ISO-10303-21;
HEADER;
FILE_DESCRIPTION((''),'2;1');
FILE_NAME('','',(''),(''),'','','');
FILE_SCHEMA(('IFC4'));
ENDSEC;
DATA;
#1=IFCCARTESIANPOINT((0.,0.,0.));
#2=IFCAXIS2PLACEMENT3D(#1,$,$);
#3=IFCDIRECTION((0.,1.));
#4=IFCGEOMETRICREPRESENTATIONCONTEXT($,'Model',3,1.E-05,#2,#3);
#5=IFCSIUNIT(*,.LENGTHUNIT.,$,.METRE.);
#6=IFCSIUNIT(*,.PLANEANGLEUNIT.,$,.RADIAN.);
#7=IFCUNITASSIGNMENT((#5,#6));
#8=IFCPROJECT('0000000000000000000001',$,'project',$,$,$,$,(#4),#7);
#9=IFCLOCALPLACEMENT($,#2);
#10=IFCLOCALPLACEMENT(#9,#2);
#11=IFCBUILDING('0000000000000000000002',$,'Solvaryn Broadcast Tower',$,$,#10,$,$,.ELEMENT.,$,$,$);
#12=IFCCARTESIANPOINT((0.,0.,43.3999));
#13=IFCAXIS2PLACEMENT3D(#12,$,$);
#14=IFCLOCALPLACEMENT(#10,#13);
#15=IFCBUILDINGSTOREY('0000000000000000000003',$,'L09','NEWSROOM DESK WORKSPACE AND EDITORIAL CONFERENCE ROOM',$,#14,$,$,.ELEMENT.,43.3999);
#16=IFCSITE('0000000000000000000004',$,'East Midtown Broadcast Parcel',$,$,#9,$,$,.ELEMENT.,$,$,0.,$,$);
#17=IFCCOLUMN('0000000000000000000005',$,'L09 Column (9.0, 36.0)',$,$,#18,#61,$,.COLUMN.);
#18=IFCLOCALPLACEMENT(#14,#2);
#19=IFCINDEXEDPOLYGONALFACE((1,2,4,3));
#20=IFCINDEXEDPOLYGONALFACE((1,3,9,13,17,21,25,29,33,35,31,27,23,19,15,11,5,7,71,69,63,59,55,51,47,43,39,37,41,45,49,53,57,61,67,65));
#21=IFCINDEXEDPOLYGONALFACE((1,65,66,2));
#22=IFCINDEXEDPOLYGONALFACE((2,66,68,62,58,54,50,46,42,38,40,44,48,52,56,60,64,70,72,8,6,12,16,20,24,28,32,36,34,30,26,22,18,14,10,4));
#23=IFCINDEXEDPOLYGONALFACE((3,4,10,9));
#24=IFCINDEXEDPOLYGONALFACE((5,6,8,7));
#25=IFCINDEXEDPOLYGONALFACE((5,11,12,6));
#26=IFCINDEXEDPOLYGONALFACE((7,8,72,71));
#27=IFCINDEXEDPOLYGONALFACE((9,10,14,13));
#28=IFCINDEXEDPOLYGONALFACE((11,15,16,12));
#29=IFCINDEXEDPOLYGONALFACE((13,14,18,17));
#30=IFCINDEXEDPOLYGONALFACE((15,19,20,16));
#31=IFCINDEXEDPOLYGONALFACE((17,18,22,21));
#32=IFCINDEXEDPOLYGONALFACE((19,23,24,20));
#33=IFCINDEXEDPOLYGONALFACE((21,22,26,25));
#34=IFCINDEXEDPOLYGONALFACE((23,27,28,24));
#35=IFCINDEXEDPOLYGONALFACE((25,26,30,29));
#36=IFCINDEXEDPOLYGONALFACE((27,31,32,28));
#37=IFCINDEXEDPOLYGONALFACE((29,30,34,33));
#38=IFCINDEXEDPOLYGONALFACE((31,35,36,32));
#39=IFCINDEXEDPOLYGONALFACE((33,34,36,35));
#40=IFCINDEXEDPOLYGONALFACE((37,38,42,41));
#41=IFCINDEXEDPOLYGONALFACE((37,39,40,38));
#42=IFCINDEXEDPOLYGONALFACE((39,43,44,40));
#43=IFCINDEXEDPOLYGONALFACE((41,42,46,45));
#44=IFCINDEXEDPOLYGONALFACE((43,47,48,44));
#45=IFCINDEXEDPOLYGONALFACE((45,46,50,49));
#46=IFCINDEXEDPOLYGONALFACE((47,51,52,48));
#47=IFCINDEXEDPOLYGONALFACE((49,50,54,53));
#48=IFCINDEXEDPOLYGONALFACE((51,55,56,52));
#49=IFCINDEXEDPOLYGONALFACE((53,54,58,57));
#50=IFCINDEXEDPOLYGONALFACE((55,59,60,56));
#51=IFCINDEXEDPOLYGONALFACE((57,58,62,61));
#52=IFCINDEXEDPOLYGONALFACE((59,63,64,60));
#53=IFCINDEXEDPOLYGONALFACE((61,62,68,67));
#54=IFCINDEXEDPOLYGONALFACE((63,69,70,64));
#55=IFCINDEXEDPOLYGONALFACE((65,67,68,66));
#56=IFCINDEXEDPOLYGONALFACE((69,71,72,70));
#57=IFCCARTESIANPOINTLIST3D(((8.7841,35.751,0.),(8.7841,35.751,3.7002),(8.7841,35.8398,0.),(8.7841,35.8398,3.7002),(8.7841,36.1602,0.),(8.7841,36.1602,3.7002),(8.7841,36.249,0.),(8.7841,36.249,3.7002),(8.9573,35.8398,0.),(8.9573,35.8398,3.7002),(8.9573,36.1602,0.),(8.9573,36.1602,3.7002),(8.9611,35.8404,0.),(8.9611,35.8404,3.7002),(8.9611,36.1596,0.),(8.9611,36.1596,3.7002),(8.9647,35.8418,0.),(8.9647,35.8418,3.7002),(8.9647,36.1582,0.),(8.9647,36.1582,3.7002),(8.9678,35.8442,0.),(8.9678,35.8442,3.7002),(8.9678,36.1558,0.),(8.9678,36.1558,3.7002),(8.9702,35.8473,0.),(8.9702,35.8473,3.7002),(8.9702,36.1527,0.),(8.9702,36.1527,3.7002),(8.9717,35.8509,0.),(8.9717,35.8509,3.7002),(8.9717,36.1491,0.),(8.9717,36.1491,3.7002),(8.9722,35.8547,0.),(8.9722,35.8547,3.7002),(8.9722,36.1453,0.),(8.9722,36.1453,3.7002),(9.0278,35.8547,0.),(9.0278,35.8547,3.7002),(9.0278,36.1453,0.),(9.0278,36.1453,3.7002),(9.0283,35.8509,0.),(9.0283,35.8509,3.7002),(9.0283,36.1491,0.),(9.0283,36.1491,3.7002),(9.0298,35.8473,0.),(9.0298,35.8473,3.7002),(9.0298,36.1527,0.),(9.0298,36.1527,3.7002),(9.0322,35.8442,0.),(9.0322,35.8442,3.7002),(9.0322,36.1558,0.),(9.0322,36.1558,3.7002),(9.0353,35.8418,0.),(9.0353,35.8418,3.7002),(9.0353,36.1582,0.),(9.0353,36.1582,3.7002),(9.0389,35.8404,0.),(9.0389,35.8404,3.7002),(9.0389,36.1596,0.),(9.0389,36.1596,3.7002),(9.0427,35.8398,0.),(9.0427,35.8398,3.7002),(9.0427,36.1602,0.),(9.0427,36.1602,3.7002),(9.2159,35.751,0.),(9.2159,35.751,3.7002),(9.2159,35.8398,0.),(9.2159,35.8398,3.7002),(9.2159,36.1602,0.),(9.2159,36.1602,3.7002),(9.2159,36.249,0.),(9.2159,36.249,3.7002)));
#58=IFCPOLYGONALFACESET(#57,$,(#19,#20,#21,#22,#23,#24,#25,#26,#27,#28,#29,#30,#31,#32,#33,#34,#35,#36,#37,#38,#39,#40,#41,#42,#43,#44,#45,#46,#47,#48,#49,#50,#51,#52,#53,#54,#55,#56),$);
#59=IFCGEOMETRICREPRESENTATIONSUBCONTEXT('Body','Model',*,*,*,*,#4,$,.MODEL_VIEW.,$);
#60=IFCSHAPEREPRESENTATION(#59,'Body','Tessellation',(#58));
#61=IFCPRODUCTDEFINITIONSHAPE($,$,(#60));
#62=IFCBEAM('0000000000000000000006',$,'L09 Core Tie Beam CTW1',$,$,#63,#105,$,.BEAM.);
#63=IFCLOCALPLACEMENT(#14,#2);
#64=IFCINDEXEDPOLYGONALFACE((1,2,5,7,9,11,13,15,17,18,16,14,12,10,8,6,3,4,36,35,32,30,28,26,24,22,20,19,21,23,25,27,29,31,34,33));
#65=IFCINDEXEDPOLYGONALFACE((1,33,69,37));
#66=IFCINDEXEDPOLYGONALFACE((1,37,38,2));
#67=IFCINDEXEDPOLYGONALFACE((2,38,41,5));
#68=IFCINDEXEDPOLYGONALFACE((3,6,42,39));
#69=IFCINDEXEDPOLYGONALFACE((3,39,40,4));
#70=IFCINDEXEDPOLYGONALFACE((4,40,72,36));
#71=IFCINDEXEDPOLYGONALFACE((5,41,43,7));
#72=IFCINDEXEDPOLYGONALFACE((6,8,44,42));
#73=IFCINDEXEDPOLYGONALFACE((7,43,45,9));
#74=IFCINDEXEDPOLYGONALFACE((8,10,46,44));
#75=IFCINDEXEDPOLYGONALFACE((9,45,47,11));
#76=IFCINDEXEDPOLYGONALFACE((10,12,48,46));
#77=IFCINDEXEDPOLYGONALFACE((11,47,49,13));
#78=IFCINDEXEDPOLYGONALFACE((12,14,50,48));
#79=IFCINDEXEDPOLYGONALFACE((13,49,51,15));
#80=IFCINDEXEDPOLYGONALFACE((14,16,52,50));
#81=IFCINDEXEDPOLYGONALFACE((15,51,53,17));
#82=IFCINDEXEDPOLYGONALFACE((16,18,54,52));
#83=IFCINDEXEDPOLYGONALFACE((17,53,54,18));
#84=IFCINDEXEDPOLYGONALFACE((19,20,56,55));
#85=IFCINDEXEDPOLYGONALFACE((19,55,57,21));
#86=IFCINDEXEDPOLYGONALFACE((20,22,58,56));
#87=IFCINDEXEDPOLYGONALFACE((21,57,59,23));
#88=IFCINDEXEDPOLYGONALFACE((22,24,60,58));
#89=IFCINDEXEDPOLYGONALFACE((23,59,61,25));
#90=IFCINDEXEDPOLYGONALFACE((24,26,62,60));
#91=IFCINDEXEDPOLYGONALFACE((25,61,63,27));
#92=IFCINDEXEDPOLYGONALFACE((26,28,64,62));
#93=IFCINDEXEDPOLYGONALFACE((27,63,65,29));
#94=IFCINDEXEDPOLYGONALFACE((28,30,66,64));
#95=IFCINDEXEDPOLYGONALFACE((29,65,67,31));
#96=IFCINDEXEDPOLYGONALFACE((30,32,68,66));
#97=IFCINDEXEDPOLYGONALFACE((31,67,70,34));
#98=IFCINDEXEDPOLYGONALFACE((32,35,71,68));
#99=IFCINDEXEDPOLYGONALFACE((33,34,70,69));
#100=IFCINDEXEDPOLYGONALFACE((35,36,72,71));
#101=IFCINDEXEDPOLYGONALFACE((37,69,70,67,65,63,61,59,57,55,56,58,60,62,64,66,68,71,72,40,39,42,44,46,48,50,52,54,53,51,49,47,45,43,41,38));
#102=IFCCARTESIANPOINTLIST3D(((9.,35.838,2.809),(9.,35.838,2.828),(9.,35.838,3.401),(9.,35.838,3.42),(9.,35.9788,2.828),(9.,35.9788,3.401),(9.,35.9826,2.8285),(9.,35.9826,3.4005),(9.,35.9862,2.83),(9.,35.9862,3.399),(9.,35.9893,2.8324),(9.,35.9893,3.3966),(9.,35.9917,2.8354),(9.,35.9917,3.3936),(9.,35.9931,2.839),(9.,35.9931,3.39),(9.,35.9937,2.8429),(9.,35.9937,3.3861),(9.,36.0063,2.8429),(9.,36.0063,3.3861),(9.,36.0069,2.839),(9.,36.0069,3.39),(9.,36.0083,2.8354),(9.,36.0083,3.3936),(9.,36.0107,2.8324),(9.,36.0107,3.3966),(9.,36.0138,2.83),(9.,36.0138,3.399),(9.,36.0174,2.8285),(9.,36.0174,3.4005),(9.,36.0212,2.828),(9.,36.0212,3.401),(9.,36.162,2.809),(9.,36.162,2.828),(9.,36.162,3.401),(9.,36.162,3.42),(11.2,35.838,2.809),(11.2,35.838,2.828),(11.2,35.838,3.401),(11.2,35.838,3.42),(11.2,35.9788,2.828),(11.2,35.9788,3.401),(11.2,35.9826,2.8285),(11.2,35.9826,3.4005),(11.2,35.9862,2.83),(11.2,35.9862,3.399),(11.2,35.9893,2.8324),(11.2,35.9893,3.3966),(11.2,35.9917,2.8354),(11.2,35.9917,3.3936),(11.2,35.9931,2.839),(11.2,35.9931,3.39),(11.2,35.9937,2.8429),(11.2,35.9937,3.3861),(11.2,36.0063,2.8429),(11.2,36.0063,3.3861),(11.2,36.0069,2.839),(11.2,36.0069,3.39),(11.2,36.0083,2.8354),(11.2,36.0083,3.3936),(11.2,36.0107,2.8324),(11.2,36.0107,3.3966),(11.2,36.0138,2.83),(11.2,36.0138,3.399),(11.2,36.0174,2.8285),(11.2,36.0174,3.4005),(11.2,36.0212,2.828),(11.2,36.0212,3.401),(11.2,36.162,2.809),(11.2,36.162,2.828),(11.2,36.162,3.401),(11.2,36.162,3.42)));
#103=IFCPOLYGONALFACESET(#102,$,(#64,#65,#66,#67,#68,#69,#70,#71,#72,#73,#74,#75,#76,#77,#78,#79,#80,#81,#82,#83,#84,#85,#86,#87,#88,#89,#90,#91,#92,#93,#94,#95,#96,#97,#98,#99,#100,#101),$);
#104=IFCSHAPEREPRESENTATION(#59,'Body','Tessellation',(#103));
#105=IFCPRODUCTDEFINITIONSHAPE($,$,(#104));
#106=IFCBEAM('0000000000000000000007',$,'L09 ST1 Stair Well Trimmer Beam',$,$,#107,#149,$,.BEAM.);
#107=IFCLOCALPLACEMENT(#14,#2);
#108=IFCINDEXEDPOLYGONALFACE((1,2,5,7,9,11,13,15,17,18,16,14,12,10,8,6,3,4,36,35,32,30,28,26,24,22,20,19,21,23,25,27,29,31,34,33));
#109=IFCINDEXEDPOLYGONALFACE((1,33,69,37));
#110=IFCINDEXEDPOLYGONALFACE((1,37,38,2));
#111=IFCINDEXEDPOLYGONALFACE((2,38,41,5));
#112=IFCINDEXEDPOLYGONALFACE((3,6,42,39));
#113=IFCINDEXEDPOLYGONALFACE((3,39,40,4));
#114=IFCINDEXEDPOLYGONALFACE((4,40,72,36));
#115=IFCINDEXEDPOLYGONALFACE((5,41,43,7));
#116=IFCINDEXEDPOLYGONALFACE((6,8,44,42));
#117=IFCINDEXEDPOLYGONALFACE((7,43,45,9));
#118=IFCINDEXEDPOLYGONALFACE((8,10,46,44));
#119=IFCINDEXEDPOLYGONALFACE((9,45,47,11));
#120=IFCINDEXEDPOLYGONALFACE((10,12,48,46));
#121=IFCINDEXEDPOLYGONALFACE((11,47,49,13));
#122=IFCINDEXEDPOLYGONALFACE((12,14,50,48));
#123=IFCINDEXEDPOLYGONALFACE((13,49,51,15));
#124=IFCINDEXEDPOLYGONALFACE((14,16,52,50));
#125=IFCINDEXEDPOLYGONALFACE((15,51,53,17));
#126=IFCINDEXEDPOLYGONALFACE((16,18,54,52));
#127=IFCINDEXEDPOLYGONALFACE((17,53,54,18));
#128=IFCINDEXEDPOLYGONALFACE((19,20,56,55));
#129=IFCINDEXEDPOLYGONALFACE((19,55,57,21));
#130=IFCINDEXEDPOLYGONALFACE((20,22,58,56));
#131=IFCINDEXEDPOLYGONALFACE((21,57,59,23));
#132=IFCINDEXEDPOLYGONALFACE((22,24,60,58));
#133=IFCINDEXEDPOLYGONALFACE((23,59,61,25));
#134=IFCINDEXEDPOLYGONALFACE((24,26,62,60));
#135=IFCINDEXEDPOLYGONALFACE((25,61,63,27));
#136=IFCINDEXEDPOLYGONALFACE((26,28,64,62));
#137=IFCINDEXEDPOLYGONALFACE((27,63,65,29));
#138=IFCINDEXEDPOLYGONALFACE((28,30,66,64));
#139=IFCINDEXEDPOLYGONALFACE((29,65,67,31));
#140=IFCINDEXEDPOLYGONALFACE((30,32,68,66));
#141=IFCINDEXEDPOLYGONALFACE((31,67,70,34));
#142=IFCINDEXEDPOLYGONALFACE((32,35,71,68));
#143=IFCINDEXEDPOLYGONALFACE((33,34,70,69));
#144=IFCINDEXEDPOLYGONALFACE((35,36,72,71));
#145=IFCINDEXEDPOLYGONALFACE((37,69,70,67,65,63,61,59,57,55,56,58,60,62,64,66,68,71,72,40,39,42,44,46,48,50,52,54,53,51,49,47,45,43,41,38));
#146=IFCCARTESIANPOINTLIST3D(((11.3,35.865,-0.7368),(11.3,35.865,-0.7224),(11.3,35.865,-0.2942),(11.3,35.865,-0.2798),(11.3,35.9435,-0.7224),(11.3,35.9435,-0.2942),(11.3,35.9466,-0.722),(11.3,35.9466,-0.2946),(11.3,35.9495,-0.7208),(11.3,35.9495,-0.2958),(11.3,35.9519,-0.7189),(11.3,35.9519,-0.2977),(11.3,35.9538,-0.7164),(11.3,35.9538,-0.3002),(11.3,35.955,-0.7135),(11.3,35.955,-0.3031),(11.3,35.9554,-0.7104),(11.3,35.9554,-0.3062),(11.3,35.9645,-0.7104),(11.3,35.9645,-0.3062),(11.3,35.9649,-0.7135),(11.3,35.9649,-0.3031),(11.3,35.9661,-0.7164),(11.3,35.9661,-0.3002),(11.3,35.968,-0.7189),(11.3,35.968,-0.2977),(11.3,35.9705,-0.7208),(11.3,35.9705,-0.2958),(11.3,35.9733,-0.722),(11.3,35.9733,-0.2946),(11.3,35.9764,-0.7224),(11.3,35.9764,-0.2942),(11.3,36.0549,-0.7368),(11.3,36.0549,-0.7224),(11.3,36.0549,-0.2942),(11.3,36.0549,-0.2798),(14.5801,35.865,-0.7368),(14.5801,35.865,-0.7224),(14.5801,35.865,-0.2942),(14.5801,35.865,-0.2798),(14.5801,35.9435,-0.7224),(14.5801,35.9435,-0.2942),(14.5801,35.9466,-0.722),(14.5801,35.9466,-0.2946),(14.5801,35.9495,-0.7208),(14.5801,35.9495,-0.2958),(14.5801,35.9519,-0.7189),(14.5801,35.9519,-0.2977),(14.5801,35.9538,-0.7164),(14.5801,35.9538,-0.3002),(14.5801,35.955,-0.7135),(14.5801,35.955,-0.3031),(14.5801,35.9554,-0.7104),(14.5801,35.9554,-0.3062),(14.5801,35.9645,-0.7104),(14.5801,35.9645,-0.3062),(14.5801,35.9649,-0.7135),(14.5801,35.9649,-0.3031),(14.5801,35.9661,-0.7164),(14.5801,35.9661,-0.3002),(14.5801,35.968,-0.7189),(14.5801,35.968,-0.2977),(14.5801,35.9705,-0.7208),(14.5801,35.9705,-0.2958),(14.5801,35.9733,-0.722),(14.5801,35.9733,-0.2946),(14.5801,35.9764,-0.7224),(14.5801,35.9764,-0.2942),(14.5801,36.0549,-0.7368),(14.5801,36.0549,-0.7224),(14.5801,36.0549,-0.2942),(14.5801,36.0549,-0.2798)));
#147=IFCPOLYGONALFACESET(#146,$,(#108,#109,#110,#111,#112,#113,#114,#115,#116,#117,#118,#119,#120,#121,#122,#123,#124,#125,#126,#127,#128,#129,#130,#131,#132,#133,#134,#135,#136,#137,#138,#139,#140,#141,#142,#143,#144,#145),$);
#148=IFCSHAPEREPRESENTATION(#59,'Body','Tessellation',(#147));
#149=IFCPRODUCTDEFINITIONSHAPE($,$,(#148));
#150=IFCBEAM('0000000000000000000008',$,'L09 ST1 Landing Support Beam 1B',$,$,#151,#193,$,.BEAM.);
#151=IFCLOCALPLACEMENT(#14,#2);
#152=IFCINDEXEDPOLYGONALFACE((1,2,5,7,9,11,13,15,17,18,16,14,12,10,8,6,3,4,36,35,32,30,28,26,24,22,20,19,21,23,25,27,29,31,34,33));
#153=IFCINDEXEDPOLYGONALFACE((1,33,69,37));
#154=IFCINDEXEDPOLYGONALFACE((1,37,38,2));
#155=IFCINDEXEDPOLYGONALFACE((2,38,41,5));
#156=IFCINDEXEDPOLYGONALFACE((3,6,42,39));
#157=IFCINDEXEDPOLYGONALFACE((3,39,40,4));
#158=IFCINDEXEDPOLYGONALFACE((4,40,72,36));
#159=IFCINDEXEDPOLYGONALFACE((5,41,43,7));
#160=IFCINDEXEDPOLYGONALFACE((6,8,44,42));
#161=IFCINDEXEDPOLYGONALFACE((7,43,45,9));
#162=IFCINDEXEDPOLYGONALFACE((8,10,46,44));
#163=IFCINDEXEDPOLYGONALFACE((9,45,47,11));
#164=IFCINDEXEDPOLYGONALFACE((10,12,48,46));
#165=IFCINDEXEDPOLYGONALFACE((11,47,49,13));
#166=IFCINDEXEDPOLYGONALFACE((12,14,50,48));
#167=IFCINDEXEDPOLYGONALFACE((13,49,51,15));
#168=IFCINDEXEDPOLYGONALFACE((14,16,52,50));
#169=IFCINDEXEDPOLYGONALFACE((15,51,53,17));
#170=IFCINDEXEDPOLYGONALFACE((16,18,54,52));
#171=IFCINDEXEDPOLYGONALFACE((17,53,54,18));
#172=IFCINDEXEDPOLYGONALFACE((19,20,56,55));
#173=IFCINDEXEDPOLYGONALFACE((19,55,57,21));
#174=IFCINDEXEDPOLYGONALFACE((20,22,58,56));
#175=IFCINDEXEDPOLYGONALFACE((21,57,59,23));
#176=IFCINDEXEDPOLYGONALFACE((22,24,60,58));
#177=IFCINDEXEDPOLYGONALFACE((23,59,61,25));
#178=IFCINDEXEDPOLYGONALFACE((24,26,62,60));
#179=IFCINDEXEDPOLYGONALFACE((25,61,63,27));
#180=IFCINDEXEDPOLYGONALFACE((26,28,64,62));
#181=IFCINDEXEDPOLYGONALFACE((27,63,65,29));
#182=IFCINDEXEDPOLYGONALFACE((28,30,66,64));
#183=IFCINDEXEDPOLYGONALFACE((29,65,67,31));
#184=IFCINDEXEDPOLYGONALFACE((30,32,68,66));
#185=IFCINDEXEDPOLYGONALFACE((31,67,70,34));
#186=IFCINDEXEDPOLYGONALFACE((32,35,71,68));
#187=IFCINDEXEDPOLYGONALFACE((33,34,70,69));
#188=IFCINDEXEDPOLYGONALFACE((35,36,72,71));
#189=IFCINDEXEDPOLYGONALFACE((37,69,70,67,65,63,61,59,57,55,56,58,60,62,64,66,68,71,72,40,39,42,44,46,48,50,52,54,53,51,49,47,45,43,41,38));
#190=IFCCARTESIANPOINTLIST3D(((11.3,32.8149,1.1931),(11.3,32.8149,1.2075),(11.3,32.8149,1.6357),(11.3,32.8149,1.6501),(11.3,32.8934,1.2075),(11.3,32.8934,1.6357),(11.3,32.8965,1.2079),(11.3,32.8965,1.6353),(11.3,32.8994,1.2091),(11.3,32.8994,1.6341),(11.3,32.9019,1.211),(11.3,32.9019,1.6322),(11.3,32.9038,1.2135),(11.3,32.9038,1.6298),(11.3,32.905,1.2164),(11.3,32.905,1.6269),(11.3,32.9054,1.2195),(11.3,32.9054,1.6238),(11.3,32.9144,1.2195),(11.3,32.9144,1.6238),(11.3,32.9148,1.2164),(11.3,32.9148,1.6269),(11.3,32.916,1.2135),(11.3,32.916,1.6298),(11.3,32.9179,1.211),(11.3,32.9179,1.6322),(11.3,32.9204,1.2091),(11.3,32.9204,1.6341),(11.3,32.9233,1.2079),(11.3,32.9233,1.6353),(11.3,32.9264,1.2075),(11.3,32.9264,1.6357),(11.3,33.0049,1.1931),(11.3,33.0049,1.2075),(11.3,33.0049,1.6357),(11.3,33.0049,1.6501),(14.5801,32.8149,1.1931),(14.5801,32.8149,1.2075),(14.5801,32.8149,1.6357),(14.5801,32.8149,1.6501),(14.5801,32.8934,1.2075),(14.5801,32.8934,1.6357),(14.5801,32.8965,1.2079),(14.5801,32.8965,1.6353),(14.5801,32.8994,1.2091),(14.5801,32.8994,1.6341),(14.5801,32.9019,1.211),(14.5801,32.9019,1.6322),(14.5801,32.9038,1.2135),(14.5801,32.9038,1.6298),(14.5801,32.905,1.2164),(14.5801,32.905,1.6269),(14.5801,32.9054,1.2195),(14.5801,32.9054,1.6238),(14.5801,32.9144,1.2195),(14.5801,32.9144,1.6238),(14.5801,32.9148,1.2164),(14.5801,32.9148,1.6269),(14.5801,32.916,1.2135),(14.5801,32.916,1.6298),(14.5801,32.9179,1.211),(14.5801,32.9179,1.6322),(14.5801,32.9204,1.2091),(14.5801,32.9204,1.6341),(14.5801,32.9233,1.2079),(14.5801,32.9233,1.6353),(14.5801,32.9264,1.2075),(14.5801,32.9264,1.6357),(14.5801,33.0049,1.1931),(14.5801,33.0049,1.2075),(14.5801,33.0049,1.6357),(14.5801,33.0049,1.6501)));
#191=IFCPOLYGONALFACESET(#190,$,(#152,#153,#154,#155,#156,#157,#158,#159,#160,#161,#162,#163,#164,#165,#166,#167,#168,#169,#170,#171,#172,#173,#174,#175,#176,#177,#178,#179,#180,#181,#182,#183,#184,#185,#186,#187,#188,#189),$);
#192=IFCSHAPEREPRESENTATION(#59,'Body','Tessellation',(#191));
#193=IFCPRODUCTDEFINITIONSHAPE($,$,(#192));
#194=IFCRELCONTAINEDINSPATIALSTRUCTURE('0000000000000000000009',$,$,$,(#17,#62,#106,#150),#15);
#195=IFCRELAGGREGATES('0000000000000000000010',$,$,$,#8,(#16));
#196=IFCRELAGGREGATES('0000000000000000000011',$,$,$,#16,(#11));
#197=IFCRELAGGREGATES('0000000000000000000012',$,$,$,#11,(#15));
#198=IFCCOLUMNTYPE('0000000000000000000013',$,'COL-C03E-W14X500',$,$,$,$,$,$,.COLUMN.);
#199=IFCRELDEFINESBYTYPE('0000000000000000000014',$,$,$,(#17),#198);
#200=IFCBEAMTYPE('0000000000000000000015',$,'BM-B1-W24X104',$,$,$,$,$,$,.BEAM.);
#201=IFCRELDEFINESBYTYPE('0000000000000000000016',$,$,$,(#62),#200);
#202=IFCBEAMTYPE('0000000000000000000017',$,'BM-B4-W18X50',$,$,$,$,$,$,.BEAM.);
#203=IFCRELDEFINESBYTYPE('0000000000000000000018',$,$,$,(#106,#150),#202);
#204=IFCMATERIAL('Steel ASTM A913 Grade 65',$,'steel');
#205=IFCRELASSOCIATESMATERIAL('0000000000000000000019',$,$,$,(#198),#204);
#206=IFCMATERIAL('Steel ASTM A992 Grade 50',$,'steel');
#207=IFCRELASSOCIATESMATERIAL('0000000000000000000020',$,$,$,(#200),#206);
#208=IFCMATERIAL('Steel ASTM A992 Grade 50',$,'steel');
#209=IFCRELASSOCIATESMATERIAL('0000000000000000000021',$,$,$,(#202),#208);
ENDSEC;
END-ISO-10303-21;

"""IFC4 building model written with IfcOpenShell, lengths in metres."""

from ifc_helpers import new_model, si_unit, direction, frame, origin, origin_2d, place, context, subcontext, project, spatial, i_section, extrude, material, material_profile, profile_set, type_object, element, save


model = new_model("IFC4")

# Units and contexts
model_context = context("Model", 3, precision=1e-05, world=origin(), true_north=direction((0.0, 1.0)))
body_context = subcontext(model_context, "Body", "Model", "MODEL_VIEW")
ifc_project = project(units=[si_unit("LENGTHUNIT", "METRE"), si_unit("PLANEANGLEUNIT", "RADIAN")], contexts=[model_context])

# Site, building, storey
site_placement = place(None, origin())
site = spatial("IfcSite", under=ifc_project, at=site_placement, Name="East Midtown Broadcast Parcel", CompositionType="ELEMENT", RefElevation=0.0)
building_placement = place(site_placement, origin())
building = spatial("IfcBuilding", under=site, at=building_placement, Name="Solvaryn Broadcast Tower", CompositionType="ELEMENT")
storey_placement = place(building_placement, frame((0.0, 0.0, 43.3999)))
storey = spatial("IfcBuildingStorey", under=building, at=storey_placement, Name="L09", Description="NEWSROOM DESK WORKSPACE AND EDITORIAL CONFERENCE ROOM", CompositionType="ELEMENT", Elevation=43.3999)

# Column
ifc_material_1 = material(Name="Steel ASTM A913 Grade 65", Category="steel")
ifc_material_profile_1 = material_profile(ifc_material_1, i_section(OverallWidth=0.4319, OverallDepth=0.498, WebThickness=0.0557, FlangeThickness=0.0889, FilletRadius=0.0149, at=origin_2d()))
ifc_profile_set_1 = profile_set([ifc_material_profile_1], Name="Steel ASTM A913 Grade 65")
column_type = type_object("IfcColumnType", Name="COL-C03E-W14X500", PredefinedType="COLUMN", material=ifc_profile_set_1)
column_placement = place(storey_placement, frame((9.0, 36.0, 0.0), z_axis=(0.0, 0.0, 1.0), x_axis=(1.0, 0.0, 0.0)))
element("IfcColumn", 1, at=column_placement, inside=storey, type_object=column_type, Name="L09 Column (9.0, 36.0)", PredefinedType="COLUMN", context=body_context, shape_type="SweptSolid", body=[
    extrude(i_section(OverallWidth=0.4319, OverallDepth=0.498, WebThickness=0.0557, FlangeThickness=0.0889, FilletRadius=0.0149, at=origin_2d()), origin(), (0.0, 0.0, 1.0), 3.7002),
])

# Beams
ifc_material_2 = material(Name="Steel ASTM A992 Grade 50", Category="steel")
ifc_material_profile_2 = material_profile(ifc_material_2, i_section(OverallWidth=0.324, OverallDepth=0.6111, WebThickness=0.0127, FlangeThickness=0.019, FilletRadius=0.0149, at=origin_2d()))
ifc_profile_set_2 = profile_set([ifc_material_profile_2], Name="Steel ASTM A992 Grade 50")
beam_type_1 = type_object("IfcBeamType", Name="BM-B1-W24X104", PredefinedType="BEAM", material=ifc_profile_set_2)
beam_1_placement = place(storey_placement, frame((9.0, 36.0, 3.1145), z_axis=(1.0, 0.0, 0.0), x_axis=(0.0, 1.0, 0.0)))
element("IfcBeam", 2, at=beam_1_placement, inside=storey, type_object=beam_type_1, Name="L09 Core Tie Beam CTW1", PredefinedType="BEAM", context=body_context, shape_type="SweptSolid", body=[
    extrude(i_section(OverallWidth=0.324, OverallDepth=0.6111, WebThickness=0.0127, FlangeThickness=0.019, FilletRadius=0.0149, at=origin_2d()), origin(), (0.0, 0.0, 1.0), 2.2),
])
ifc_material_3 = material(Name="Steel ASTM A992 Grade 50", Category="steel")
ifc_material_profile_3 = material_profile(ifc_material_3, i_section(OverallWidth=0.1899, OverallDepth=0.457, WebThickness=0.009, FlangeThickness=0.0144, FilletRadius=0.012, at=origin_2d()))
ifc_profile_set_3 = profile_set([ifc_material_profile_3], Name="Steel ASTM A992 Grade 50")
beam_type_2 = type_object("IfcBeamType", Name="BM-B4-W18X50", PredefinedType="BEAM", material=ifc_profile_set_3)
for number, where, z_axis, x_axis, name in (
    (3, (11.3, 35.96, -0.5083), (1.0, 0.0, 0.0), (0.0, 1.0, 0.0), "L09 ST1 Stair Well Trimmer Beam"),
    (4, (11.3, 32.9099, 1.4216), (1.0, 0.0, 0.0), (0.0, 1.0, 0.0), "L09 ST1 Landing Support Beam 1B"),
):
    element("IfcBeam", number, at=place(storey_placement, frame(where, z_axis=z_axis, x_axis=x_axis)), inside=storey, type_object=beam_type_2, Name=name, PredefinedType="BEAM", context=body_context, shape_type="SweptSolid", body=[
        extrude(i_section(OverallWidth=0.1899, OverallDepth=0.457, WebThickness=0.009, FlangeThickness=0.0144, FilletRadius=0.012, at=origin_2d()), origin(), (0.0, 0.0, 1.0), 3.28),
    ])

save(model, "model.ifc")
